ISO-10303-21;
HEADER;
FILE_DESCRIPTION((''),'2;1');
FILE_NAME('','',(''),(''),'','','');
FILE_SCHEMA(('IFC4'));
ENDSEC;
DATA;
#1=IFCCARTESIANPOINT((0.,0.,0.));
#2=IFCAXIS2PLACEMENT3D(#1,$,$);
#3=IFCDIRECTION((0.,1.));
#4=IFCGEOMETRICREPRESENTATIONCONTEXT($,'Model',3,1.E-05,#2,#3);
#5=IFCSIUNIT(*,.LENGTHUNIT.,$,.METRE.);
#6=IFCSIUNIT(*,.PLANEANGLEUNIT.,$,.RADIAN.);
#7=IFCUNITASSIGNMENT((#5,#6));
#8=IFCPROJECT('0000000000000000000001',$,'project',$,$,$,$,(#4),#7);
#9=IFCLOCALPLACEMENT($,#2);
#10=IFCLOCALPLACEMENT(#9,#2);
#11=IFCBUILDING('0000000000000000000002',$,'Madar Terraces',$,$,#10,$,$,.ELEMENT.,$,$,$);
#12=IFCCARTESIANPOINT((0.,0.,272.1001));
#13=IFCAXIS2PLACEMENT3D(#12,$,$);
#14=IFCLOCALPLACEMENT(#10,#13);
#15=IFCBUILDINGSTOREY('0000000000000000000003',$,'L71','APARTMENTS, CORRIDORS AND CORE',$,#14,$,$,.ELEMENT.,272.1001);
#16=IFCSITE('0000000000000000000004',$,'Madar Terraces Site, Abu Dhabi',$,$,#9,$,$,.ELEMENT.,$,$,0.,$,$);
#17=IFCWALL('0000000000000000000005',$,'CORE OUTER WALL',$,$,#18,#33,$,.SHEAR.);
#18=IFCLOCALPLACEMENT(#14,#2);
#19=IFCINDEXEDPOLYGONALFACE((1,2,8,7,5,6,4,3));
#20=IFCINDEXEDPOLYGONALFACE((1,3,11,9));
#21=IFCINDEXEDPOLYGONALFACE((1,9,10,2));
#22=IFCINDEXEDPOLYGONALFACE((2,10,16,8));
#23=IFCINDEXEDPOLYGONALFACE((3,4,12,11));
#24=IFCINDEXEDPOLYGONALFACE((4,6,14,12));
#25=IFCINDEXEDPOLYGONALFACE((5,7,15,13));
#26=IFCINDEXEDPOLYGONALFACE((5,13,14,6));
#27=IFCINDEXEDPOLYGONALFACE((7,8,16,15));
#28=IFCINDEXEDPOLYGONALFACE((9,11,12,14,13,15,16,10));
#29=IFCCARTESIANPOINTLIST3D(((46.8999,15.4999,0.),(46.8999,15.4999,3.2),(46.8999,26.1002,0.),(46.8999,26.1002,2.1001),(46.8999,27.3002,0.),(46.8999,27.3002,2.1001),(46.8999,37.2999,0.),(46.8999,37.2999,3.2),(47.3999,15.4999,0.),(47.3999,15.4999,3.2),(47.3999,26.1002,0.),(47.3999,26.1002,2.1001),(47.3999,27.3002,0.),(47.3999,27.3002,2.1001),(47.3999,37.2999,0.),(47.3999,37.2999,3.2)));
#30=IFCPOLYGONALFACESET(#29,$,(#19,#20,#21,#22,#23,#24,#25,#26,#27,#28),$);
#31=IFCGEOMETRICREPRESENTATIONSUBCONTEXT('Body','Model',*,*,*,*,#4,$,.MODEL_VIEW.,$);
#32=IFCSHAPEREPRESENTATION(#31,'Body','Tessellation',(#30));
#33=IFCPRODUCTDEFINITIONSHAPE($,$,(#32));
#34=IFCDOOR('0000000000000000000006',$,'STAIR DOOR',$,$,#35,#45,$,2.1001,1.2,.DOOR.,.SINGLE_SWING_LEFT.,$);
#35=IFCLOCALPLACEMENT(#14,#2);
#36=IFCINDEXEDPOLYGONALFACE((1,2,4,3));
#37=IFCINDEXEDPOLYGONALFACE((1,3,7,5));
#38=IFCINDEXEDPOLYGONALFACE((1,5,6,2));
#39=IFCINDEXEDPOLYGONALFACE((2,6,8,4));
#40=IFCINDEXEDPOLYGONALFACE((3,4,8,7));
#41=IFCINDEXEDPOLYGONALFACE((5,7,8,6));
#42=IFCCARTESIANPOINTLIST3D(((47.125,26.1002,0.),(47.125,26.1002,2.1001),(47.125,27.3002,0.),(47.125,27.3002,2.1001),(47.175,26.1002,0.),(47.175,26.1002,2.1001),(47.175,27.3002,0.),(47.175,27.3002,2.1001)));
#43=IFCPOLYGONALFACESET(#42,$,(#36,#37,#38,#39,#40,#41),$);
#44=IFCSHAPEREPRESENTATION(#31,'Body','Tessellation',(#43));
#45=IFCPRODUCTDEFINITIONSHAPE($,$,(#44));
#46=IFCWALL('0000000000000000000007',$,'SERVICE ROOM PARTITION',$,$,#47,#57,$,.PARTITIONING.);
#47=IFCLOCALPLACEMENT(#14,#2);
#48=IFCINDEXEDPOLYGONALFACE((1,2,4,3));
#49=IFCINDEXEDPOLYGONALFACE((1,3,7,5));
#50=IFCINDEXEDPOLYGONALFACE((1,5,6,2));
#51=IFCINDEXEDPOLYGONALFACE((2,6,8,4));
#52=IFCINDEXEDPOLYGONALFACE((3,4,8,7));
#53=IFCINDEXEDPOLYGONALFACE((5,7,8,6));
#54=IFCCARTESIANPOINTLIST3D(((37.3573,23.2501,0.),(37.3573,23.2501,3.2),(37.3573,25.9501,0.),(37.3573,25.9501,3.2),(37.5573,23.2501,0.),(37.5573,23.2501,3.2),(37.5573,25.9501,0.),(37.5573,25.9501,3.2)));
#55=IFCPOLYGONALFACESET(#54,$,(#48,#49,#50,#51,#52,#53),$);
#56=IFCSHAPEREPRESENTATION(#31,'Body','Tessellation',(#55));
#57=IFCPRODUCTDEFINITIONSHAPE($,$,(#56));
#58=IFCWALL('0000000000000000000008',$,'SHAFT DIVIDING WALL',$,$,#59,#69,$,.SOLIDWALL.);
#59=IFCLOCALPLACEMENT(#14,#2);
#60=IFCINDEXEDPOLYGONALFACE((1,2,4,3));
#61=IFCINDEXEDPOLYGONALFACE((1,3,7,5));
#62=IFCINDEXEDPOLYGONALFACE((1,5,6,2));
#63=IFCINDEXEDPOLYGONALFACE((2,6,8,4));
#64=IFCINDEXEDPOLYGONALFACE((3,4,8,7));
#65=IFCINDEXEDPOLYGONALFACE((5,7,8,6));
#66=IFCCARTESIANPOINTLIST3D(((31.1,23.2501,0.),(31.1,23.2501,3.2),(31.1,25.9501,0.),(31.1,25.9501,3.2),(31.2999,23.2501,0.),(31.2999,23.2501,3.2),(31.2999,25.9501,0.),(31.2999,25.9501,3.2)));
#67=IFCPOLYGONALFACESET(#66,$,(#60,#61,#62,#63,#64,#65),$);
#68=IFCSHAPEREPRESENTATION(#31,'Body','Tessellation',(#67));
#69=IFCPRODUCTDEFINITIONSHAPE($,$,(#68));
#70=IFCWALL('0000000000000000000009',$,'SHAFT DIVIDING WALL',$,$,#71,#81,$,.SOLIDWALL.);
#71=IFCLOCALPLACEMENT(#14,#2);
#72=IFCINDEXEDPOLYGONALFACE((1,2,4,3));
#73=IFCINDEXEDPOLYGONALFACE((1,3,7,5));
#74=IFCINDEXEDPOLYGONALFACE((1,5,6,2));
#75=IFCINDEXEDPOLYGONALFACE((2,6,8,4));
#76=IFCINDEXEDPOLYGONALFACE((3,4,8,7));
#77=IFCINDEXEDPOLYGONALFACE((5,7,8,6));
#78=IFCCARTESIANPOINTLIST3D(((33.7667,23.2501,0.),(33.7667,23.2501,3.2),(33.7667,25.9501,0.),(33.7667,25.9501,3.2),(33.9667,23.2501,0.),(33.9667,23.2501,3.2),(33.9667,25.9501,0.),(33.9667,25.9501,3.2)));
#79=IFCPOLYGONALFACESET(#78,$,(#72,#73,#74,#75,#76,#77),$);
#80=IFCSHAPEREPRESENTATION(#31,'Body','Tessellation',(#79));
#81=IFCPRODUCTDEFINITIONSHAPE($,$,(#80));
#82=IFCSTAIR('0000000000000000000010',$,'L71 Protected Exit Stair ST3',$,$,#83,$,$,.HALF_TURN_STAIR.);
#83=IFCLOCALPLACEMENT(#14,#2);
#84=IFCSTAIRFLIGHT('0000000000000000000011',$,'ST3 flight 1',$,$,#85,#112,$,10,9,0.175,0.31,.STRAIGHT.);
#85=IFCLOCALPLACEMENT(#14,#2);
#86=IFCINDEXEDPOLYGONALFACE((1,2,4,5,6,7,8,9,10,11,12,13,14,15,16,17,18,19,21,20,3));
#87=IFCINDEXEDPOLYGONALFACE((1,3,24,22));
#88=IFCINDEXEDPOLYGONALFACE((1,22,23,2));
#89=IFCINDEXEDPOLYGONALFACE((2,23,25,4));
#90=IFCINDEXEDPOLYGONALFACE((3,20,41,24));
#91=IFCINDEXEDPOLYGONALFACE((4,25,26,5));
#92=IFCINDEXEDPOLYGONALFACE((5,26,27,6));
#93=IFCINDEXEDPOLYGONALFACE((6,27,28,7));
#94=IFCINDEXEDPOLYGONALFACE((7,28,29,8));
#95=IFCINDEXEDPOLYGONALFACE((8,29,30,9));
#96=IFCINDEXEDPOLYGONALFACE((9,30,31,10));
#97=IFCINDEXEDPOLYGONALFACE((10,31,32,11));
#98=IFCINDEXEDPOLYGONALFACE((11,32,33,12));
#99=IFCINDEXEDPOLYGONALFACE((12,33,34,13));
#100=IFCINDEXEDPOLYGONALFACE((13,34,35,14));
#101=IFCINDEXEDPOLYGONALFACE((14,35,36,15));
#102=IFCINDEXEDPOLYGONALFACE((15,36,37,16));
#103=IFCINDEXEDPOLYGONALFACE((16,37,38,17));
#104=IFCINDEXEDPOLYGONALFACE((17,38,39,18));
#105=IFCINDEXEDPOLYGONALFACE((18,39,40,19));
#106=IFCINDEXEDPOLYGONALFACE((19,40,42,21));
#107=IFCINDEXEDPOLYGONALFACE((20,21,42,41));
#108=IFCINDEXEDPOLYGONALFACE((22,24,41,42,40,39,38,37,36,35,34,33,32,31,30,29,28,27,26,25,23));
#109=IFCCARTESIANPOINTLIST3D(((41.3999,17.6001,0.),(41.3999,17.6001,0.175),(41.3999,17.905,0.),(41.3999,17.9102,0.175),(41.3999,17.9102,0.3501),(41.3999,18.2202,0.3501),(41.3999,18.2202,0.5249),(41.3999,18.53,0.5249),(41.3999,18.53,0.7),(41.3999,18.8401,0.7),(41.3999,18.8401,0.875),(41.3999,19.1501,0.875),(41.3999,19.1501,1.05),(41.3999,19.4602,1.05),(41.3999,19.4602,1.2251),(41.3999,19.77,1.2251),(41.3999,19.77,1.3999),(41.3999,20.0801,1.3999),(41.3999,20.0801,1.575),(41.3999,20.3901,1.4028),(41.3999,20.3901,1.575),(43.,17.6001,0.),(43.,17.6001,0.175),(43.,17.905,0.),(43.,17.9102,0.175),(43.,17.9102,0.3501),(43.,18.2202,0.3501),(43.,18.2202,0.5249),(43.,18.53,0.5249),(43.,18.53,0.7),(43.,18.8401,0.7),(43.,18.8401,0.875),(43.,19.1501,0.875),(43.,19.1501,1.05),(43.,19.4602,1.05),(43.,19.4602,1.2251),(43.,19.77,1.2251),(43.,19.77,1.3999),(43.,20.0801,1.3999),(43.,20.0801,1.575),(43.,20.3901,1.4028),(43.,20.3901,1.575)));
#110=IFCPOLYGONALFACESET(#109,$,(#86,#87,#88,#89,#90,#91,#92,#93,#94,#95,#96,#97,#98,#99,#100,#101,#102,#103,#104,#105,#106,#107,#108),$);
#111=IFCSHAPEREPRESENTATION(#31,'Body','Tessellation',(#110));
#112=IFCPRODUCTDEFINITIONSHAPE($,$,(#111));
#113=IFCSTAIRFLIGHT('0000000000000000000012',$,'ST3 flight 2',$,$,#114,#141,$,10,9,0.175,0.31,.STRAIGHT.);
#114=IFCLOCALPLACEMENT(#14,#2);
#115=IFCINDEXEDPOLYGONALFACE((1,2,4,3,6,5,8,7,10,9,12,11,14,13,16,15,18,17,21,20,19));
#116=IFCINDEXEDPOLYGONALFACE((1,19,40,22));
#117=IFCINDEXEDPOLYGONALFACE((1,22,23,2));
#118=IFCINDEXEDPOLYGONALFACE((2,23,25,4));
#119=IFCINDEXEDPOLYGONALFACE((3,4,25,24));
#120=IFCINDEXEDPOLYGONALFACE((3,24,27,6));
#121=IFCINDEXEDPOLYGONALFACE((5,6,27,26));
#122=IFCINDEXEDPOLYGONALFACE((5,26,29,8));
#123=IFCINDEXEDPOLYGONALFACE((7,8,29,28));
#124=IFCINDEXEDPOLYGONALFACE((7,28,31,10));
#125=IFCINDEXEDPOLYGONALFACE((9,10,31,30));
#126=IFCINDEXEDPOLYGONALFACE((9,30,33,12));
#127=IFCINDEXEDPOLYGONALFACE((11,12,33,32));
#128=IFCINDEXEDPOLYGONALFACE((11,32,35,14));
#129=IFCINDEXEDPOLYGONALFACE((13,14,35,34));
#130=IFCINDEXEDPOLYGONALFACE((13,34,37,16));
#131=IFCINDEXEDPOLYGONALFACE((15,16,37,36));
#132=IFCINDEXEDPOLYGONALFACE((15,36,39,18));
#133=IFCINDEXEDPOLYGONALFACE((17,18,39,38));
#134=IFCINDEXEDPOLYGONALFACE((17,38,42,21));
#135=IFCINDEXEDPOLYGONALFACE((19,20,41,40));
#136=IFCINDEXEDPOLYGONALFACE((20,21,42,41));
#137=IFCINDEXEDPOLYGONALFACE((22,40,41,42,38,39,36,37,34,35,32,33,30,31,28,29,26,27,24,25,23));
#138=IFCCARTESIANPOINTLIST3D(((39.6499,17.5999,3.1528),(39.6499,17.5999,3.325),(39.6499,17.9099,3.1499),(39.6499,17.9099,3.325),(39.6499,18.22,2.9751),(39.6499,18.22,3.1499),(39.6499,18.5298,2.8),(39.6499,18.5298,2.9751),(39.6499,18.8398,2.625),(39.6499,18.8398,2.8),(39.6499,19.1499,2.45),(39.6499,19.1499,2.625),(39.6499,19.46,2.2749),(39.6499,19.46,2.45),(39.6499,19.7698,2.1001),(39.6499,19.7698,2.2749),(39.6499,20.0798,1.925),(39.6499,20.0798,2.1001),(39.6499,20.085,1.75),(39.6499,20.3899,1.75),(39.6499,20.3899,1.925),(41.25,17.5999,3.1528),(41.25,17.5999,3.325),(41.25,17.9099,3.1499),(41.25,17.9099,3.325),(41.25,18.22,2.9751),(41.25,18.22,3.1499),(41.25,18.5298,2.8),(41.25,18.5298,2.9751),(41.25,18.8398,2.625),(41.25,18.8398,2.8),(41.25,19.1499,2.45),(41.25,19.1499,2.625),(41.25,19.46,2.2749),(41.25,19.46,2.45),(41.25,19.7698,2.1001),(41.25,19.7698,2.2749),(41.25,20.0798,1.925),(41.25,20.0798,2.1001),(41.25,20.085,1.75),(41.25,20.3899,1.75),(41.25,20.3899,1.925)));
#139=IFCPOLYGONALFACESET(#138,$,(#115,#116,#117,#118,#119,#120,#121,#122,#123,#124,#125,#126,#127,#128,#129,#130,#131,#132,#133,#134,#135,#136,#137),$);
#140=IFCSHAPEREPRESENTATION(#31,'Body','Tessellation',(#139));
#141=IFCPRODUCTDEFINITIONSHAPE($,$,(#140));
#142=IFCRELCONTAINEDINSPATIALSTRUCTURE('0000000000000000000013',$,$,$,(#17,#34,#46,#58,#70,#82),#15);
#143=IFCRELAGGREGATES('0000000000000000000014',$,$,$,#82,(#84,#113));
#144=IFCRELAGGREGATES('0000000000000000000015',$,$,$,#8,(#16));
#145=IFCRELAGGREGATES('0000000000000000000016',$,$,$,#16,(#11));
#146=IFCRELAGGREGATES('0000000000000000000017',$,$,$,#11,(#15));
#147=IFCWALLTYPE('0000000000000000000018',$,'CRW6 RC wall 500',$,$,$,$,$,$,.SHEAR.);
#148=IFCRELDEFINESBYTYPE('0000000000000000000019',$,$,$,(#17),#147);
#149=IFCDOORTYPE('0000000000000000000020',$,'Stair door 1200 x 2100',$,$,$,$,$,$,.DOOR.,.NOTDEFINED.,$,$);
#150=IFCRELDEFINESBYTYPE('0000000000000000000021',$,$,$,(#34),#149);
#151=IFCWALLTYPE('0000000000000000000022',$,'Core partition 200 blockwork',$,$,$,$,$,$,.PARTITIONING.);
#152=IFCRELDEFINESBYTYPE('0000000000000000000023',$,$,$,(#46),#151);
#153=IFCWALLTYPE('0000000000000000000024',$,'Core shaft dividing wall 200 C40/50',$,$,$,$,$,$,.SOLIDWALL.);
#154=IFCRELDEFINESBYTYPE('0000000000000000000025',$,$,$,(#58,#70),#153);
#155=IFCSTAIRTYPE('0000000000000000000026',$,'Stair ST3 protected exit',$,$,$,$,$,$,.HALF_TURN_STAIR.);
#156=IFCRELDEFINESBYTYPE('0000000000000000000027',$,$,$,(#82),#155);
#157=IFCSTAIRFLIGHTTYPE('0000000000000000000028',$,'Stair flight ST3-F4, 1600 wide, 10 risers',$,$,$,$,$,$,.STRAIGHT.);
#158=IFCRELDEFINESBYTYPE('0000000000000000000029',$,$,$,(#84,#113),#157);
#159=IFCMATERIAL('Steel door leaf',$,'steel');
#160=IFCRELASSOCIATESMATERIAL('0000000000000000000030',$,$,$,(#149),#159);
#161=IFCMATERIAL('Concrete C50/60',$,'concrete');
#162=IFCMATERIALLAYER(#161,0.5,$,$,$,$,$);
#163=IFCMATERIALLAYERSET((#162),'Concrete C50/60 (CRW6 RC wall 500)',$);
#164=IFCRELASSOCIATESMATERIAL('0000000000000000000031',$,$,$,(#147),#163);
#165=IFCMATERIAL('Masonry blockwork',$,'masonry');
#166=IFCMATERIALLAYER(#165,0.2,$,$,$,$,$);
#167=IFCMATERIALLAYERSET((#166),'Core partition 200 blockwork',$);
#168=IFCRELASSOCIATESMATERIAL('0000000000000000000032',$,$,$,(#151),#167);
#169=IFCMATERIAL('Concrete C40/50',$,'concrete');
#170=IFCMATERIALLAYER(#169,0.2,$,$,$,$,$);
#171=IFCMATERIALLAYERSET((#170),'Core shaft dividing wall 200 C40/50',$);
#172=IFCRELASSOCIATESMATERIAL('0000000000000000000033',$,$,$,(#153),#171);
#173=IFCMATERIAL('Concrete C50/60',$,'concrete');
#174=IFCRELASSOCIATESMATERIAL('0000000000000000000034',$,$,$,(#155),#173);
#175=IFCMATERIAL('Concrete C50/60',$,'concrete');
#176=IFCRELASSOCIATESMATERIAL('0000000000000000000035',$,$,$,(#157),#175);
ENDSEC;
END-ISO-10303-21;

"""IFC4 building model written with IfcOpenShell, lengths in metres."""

from ifc_helpers import new_model, si_unit, direction, frame, frame_2d, origin, place, context, subcontext, project, spatial, polyline, rectangle, outline, extrude, material, layer, layer_set, type_object, element, fill, aggregate, save


model = new_model("IFC4")

# Units and contexts
model_context = context("Model", 3, precision=1e-05, world=origin(), true_north=direction((0.0, 1.0)))
body_context = subcontext(model_context, "Body", "Model", "MODEL_VIEW")
ifc_project = project(units=[si_unit("LENGTHUNIT", "METRE"), si_unit("PLANEANGLEUNIT", "RADIAN")], contexts=[model_context])

# Site, building, storey
site_placement = place(None, origin())
site = spatial("IfcSite", under=ifc_project, at=site_placement, Name="Madar Terraces Site, Abu Dhabi", CompositionType="ELEMENT", RefElevation=0.0)
building_placement = place(site_placement, origin())
building = spatial("IfcBuilding", under=site, at=building_placement, Name="Madar Terraces", CompositionType="ELEMENT")
storey_placement = place(building_placement, frame((0.0, 0.0, 272.1001)))
storey = spatial("IfcBuildingStorey", under=building, at=storey_placement, Name="L71", Description="APARTMENTS, CORRIDORS AND CORE", CompositionType="ELEMENT", Elevation=272.1001)

# Shared definitions
ifc_material_1 = material(Name="Steel door leaf", Category="steel")
door_type_1 = type_object("IfcDoorType", Name="Stair door 1200 x 2100", OperationType="NOTDEFINED", PredefinedType="DOOR", material=ifc_material_1)

# Wall, opening, door
ifc_material_2 = material(Name="Concrete C50/60", Category="concrete")
ifc_layer_1 = layer(ifc_material_2, 0.5)
ifc_layer_set_1 = layer_set([ifc_layer_1], Name="Concrete C50/60 (CRW6 RC wall 500)")
wall_type_1 = type_object("IfcWallType", Name="CRW6 RC wall 500", PredefinedType="SHEAR", material=ifc_layer_set_1)
wall_1_placement = place(storey_placement, frame((47.1499, 15.5, 0.0), z_axis=(0.0, 0.0, 1.0), x_axis=(0.0, 1.0, 0.0)))
wall_1 = element("IfcWall", 1, at=wall_1_placement, inside=storey, type_object=wall_type_1, Name="CORE OUTER WALL", PredefinedType="SHEAR", context=body_context, shape_type="SweptSolid", body=[
    extrude(rectangle(XDim=21.8, YDim=0.5, at=frame_2d((10.8999, 0.0))), origin(), (0.0, 0.0, 1.0), 3.2),
])
opening_1_placement = place(wall_1_placement, frame((10.6001, 0.0, 0.0)))
opening_1 = element("IfcOpeningElement", 2, at=opening_1_placement, cuts=wall_1, PredefinedType="OPENING", context=body_context, shape_type="SweptSolid", body=[
    extrude(rectangle(XDim=1.2, YDim=2.1001, at=frame_2d((0.6001, 1.05))), frame((0.0, 0.26, 0.0), z_axis=(0.0, -1.0, 0.0), x_axis=(1.0, 0.0, 0.0)), (0.0, 0.0, 1.0), 0.52),
])
door_1_placement = place(opening_1_placement, origin())
door_1 = element("IfcDoor", 3, at=door_1_placement, inside=storey, type_object=door_type_1, Name="STAIR DOOR", OperationType="SINGLE_SWING_LEFT", OverallHeight=2.1001, OverallWidth=1.2, PredefinedType="DOOR", context=body_context, shape_type="SweptSolid", body=[
    extrude(rectangle(XDim=1.2, YDim=2.1001, at=frame_2d((0.6001, 1.05))), frame((0.0, 0.0249, 0.0), z_axis=(0.0, -1.0, 0.0), x_axis=(1.0, 0.0, 0.0)), (0.0, 0.0, 1.0), 0.05),
])
fill(opening_1, door_1)

# Walls
ifc_material_3 = material(Name="Masonry blockwork", Category="masonry")
ifc_layer_2 = layer(ifc_material_3, 0.2)
ifc_layer_set_2 = layer_set([ifc_layer_2], Name="Core partition 200 blockwork")
wall_type_2 = type_object("IfcWallType", Name="Core partition 200 blockwork", PredefinedType="PARTITIONING", material=ifc_layer_set_2)
wall_2_placement = place(storey_placement, frame((37.4573, 23.25, 0.0), z_axis=(0.0, 0.0, 1.0), x_axis=(0.0, 1.0, 0.0)))
element("IfcWall", 4, at=wall_2_placement, inside=storey, type_object=wall_type_2, Name="SERVICE ROOM PARTITION", PredefinedType="PARTITIONING", context=body_context, shape_type="SweptSolid", body=[
    extrude(rectangle(XDim=2.7, YDim=0.2, at=frame_2d((1.3501, 0.0))), origin(), (0.0, 0.0, 1.0), 3.2),
])
ifc_material_4 = material(Name="Concrete C40/50", Category="concrete")
ifc_layer_3 = layer(ifc_material_4, 0.2)
ifc_layer_set_3 = layer_set([ifc_layer_3], Name="Core shaft dividing wall 200 C40/50")
wall_type_3 = type_object("IfcWallType", Name="Core shaft dividing wall 200 C40/50", PredefinedType="SOLIDWALL", material=ifc_layer_set_3)
for number, where, z_axis, x_axis, name in (
    (5, (31.2, 23.25, 0.0), (0.0, 0.0, 1.0), (0.0, 1.0, 0.0), "SHAFT DIVIDING WALL"),
    (6, (33.8667, 23.25, 0.0), (0.0, 0.0, 1.0), (0.0, 1.0, 0.0), "SHAFT DIVIDING WALL"),
):
    element("IfcWall", number, at=place(storey_placement, frame(where, z_axis=z_axis, x_axis=x_axis)), inside=storey, type_object=wall_type_3, Name=name, PredefinedType="SOLIDWALL", context=body_context, shape_type="SweptSolid", body=[
        extrude(rectangle(XDim=2.7, YDim=0.2, at=frame_2d((1.3501, 0.0))), origin(), (0.0, 0.0, 1.0), 3.2),
    ])

# Stair, stair flights
ifc_material_5 = material(Name="Concrete C50/60", Category="concrete")
stair_type = type_object("IfcStairType", Name="Stair ST3 protected exit", PredefinedType="HALF_TURN_STAIR", material=ifc_material_5)
stair_placement = place(storey_placement, origin())
stair = element("IfcStair", 7, at=stair_placement, inside=storey, type_object=stair_type, Name="L71 Protected Exit Stair ST3", PredefinedType="HALF_TURN_STAIR")
ifc_material_6 = material(Name="Concrete C50/60", Category="concrete")
stair_flight_type = type_object("IfcStairFlightType", Name="Stair flight ST3-F4, 1600 wide, 10 risers", PredefinedType="STRAIGHT", material=ifc_material_6)
stair_flight_1_placement = place(storey_placement, frame((42.2, 17.6001, 0.0), z_axis=(0.0, 0.0, 1.0), x_axis=(0.0, 1.0, 0.0)))
stair_flight_1 = element("IfcStairFlight", 8, at=stair_flight_1_placement, type_object=stair_flight_type, Name="ST3 flight 1", NumberOfRisers=10, NumberOfTreads=9, PredefinedType="STRAIGHT", RiserHeight=0.175, TreadLength=0.31, context=body_context, shape_type="SweptSolid", body=[
    extrude(outline(polyline([(0.0, 0.0), (0.0, 0.175), (0.3101, 0.175), (0.3101, 0.3501), (0.6201, 0.3501), (0.6201, 0.5249), (0.9299, 0.5249), (0.9299, 0.7), (1.24, 0.7), (1.24, 0.875), (1.55, 0.875), (1.55, 1.05), (1.8601, 1.05), (1.8601, 1.2251), (2.1699, 1.2251), (2.1699, 1.3999), (2.48, 1.3999), (2.48, 1.575), (2.79, 1.575), (2.79, 1.75), (2.79, 1.4028), (0.3049, 0.0), (0.0, 0.0)])), frame((0.0, 0.8, 0.0), z_axis=(0.0, -1.0, 0.0), x_axis=(1.0, 0.0, 0.0)), (0.0, 0.0, 1.0), 1.6001),
])
stair_flight_2_placement = place(storey_placement, frame((40.45, 20.3899, 1.75), z_axis=(0.0, 0.0, 1.0), x_axis=(0.0, -1.0, 0.0)))
stair_flight_2 = element("IfcStairFlight", 9, at=stair_flight_2_placement, type_object=stair_flight_type, Name="ST3 flight 2", NumberOfRisers=10, NumberOfTreads=9, PredefinedType="STRAIGHT", RiserHeight=0.175, TreadLength=0.31, context=body_context, shape_type="SweptSolid", body=[
    extrude(outline(polyline([(0.0, 0.0), (0.0, 0.175), (0.3101, 0.175), (0.3101, 0.3501), (0.6201, 0.3501), (0.6201, 0.5249), (0.9299, 0.5249), (0.9299, 0.7), (1.24, 0.7), (1.24, 0.875), (1.55, 0.875), (1.55, 1.05), (1.8601, 1.05), (1.8601, 1.2251), (2.1699, 1.2251), (2.1699, 1.3999), (2.48, 1.3999), (2.48, 1.575), (2.79, 1.575), (2.79, 1.75), (2.79, 1.4028), (0.3049, 0.0), (0.0, 0.0)])), frame((0.0, 0.8, 0.0), z_axis=(0.0, -1.0, 0.0), x_axis=(1.0, 0.0, 0.0)), (0.0, 0.0, 1.0), 1.6001),
])
aggregate(stair, [stair_flight_1, stair_flight_2])

save(model, "model.ifc")
